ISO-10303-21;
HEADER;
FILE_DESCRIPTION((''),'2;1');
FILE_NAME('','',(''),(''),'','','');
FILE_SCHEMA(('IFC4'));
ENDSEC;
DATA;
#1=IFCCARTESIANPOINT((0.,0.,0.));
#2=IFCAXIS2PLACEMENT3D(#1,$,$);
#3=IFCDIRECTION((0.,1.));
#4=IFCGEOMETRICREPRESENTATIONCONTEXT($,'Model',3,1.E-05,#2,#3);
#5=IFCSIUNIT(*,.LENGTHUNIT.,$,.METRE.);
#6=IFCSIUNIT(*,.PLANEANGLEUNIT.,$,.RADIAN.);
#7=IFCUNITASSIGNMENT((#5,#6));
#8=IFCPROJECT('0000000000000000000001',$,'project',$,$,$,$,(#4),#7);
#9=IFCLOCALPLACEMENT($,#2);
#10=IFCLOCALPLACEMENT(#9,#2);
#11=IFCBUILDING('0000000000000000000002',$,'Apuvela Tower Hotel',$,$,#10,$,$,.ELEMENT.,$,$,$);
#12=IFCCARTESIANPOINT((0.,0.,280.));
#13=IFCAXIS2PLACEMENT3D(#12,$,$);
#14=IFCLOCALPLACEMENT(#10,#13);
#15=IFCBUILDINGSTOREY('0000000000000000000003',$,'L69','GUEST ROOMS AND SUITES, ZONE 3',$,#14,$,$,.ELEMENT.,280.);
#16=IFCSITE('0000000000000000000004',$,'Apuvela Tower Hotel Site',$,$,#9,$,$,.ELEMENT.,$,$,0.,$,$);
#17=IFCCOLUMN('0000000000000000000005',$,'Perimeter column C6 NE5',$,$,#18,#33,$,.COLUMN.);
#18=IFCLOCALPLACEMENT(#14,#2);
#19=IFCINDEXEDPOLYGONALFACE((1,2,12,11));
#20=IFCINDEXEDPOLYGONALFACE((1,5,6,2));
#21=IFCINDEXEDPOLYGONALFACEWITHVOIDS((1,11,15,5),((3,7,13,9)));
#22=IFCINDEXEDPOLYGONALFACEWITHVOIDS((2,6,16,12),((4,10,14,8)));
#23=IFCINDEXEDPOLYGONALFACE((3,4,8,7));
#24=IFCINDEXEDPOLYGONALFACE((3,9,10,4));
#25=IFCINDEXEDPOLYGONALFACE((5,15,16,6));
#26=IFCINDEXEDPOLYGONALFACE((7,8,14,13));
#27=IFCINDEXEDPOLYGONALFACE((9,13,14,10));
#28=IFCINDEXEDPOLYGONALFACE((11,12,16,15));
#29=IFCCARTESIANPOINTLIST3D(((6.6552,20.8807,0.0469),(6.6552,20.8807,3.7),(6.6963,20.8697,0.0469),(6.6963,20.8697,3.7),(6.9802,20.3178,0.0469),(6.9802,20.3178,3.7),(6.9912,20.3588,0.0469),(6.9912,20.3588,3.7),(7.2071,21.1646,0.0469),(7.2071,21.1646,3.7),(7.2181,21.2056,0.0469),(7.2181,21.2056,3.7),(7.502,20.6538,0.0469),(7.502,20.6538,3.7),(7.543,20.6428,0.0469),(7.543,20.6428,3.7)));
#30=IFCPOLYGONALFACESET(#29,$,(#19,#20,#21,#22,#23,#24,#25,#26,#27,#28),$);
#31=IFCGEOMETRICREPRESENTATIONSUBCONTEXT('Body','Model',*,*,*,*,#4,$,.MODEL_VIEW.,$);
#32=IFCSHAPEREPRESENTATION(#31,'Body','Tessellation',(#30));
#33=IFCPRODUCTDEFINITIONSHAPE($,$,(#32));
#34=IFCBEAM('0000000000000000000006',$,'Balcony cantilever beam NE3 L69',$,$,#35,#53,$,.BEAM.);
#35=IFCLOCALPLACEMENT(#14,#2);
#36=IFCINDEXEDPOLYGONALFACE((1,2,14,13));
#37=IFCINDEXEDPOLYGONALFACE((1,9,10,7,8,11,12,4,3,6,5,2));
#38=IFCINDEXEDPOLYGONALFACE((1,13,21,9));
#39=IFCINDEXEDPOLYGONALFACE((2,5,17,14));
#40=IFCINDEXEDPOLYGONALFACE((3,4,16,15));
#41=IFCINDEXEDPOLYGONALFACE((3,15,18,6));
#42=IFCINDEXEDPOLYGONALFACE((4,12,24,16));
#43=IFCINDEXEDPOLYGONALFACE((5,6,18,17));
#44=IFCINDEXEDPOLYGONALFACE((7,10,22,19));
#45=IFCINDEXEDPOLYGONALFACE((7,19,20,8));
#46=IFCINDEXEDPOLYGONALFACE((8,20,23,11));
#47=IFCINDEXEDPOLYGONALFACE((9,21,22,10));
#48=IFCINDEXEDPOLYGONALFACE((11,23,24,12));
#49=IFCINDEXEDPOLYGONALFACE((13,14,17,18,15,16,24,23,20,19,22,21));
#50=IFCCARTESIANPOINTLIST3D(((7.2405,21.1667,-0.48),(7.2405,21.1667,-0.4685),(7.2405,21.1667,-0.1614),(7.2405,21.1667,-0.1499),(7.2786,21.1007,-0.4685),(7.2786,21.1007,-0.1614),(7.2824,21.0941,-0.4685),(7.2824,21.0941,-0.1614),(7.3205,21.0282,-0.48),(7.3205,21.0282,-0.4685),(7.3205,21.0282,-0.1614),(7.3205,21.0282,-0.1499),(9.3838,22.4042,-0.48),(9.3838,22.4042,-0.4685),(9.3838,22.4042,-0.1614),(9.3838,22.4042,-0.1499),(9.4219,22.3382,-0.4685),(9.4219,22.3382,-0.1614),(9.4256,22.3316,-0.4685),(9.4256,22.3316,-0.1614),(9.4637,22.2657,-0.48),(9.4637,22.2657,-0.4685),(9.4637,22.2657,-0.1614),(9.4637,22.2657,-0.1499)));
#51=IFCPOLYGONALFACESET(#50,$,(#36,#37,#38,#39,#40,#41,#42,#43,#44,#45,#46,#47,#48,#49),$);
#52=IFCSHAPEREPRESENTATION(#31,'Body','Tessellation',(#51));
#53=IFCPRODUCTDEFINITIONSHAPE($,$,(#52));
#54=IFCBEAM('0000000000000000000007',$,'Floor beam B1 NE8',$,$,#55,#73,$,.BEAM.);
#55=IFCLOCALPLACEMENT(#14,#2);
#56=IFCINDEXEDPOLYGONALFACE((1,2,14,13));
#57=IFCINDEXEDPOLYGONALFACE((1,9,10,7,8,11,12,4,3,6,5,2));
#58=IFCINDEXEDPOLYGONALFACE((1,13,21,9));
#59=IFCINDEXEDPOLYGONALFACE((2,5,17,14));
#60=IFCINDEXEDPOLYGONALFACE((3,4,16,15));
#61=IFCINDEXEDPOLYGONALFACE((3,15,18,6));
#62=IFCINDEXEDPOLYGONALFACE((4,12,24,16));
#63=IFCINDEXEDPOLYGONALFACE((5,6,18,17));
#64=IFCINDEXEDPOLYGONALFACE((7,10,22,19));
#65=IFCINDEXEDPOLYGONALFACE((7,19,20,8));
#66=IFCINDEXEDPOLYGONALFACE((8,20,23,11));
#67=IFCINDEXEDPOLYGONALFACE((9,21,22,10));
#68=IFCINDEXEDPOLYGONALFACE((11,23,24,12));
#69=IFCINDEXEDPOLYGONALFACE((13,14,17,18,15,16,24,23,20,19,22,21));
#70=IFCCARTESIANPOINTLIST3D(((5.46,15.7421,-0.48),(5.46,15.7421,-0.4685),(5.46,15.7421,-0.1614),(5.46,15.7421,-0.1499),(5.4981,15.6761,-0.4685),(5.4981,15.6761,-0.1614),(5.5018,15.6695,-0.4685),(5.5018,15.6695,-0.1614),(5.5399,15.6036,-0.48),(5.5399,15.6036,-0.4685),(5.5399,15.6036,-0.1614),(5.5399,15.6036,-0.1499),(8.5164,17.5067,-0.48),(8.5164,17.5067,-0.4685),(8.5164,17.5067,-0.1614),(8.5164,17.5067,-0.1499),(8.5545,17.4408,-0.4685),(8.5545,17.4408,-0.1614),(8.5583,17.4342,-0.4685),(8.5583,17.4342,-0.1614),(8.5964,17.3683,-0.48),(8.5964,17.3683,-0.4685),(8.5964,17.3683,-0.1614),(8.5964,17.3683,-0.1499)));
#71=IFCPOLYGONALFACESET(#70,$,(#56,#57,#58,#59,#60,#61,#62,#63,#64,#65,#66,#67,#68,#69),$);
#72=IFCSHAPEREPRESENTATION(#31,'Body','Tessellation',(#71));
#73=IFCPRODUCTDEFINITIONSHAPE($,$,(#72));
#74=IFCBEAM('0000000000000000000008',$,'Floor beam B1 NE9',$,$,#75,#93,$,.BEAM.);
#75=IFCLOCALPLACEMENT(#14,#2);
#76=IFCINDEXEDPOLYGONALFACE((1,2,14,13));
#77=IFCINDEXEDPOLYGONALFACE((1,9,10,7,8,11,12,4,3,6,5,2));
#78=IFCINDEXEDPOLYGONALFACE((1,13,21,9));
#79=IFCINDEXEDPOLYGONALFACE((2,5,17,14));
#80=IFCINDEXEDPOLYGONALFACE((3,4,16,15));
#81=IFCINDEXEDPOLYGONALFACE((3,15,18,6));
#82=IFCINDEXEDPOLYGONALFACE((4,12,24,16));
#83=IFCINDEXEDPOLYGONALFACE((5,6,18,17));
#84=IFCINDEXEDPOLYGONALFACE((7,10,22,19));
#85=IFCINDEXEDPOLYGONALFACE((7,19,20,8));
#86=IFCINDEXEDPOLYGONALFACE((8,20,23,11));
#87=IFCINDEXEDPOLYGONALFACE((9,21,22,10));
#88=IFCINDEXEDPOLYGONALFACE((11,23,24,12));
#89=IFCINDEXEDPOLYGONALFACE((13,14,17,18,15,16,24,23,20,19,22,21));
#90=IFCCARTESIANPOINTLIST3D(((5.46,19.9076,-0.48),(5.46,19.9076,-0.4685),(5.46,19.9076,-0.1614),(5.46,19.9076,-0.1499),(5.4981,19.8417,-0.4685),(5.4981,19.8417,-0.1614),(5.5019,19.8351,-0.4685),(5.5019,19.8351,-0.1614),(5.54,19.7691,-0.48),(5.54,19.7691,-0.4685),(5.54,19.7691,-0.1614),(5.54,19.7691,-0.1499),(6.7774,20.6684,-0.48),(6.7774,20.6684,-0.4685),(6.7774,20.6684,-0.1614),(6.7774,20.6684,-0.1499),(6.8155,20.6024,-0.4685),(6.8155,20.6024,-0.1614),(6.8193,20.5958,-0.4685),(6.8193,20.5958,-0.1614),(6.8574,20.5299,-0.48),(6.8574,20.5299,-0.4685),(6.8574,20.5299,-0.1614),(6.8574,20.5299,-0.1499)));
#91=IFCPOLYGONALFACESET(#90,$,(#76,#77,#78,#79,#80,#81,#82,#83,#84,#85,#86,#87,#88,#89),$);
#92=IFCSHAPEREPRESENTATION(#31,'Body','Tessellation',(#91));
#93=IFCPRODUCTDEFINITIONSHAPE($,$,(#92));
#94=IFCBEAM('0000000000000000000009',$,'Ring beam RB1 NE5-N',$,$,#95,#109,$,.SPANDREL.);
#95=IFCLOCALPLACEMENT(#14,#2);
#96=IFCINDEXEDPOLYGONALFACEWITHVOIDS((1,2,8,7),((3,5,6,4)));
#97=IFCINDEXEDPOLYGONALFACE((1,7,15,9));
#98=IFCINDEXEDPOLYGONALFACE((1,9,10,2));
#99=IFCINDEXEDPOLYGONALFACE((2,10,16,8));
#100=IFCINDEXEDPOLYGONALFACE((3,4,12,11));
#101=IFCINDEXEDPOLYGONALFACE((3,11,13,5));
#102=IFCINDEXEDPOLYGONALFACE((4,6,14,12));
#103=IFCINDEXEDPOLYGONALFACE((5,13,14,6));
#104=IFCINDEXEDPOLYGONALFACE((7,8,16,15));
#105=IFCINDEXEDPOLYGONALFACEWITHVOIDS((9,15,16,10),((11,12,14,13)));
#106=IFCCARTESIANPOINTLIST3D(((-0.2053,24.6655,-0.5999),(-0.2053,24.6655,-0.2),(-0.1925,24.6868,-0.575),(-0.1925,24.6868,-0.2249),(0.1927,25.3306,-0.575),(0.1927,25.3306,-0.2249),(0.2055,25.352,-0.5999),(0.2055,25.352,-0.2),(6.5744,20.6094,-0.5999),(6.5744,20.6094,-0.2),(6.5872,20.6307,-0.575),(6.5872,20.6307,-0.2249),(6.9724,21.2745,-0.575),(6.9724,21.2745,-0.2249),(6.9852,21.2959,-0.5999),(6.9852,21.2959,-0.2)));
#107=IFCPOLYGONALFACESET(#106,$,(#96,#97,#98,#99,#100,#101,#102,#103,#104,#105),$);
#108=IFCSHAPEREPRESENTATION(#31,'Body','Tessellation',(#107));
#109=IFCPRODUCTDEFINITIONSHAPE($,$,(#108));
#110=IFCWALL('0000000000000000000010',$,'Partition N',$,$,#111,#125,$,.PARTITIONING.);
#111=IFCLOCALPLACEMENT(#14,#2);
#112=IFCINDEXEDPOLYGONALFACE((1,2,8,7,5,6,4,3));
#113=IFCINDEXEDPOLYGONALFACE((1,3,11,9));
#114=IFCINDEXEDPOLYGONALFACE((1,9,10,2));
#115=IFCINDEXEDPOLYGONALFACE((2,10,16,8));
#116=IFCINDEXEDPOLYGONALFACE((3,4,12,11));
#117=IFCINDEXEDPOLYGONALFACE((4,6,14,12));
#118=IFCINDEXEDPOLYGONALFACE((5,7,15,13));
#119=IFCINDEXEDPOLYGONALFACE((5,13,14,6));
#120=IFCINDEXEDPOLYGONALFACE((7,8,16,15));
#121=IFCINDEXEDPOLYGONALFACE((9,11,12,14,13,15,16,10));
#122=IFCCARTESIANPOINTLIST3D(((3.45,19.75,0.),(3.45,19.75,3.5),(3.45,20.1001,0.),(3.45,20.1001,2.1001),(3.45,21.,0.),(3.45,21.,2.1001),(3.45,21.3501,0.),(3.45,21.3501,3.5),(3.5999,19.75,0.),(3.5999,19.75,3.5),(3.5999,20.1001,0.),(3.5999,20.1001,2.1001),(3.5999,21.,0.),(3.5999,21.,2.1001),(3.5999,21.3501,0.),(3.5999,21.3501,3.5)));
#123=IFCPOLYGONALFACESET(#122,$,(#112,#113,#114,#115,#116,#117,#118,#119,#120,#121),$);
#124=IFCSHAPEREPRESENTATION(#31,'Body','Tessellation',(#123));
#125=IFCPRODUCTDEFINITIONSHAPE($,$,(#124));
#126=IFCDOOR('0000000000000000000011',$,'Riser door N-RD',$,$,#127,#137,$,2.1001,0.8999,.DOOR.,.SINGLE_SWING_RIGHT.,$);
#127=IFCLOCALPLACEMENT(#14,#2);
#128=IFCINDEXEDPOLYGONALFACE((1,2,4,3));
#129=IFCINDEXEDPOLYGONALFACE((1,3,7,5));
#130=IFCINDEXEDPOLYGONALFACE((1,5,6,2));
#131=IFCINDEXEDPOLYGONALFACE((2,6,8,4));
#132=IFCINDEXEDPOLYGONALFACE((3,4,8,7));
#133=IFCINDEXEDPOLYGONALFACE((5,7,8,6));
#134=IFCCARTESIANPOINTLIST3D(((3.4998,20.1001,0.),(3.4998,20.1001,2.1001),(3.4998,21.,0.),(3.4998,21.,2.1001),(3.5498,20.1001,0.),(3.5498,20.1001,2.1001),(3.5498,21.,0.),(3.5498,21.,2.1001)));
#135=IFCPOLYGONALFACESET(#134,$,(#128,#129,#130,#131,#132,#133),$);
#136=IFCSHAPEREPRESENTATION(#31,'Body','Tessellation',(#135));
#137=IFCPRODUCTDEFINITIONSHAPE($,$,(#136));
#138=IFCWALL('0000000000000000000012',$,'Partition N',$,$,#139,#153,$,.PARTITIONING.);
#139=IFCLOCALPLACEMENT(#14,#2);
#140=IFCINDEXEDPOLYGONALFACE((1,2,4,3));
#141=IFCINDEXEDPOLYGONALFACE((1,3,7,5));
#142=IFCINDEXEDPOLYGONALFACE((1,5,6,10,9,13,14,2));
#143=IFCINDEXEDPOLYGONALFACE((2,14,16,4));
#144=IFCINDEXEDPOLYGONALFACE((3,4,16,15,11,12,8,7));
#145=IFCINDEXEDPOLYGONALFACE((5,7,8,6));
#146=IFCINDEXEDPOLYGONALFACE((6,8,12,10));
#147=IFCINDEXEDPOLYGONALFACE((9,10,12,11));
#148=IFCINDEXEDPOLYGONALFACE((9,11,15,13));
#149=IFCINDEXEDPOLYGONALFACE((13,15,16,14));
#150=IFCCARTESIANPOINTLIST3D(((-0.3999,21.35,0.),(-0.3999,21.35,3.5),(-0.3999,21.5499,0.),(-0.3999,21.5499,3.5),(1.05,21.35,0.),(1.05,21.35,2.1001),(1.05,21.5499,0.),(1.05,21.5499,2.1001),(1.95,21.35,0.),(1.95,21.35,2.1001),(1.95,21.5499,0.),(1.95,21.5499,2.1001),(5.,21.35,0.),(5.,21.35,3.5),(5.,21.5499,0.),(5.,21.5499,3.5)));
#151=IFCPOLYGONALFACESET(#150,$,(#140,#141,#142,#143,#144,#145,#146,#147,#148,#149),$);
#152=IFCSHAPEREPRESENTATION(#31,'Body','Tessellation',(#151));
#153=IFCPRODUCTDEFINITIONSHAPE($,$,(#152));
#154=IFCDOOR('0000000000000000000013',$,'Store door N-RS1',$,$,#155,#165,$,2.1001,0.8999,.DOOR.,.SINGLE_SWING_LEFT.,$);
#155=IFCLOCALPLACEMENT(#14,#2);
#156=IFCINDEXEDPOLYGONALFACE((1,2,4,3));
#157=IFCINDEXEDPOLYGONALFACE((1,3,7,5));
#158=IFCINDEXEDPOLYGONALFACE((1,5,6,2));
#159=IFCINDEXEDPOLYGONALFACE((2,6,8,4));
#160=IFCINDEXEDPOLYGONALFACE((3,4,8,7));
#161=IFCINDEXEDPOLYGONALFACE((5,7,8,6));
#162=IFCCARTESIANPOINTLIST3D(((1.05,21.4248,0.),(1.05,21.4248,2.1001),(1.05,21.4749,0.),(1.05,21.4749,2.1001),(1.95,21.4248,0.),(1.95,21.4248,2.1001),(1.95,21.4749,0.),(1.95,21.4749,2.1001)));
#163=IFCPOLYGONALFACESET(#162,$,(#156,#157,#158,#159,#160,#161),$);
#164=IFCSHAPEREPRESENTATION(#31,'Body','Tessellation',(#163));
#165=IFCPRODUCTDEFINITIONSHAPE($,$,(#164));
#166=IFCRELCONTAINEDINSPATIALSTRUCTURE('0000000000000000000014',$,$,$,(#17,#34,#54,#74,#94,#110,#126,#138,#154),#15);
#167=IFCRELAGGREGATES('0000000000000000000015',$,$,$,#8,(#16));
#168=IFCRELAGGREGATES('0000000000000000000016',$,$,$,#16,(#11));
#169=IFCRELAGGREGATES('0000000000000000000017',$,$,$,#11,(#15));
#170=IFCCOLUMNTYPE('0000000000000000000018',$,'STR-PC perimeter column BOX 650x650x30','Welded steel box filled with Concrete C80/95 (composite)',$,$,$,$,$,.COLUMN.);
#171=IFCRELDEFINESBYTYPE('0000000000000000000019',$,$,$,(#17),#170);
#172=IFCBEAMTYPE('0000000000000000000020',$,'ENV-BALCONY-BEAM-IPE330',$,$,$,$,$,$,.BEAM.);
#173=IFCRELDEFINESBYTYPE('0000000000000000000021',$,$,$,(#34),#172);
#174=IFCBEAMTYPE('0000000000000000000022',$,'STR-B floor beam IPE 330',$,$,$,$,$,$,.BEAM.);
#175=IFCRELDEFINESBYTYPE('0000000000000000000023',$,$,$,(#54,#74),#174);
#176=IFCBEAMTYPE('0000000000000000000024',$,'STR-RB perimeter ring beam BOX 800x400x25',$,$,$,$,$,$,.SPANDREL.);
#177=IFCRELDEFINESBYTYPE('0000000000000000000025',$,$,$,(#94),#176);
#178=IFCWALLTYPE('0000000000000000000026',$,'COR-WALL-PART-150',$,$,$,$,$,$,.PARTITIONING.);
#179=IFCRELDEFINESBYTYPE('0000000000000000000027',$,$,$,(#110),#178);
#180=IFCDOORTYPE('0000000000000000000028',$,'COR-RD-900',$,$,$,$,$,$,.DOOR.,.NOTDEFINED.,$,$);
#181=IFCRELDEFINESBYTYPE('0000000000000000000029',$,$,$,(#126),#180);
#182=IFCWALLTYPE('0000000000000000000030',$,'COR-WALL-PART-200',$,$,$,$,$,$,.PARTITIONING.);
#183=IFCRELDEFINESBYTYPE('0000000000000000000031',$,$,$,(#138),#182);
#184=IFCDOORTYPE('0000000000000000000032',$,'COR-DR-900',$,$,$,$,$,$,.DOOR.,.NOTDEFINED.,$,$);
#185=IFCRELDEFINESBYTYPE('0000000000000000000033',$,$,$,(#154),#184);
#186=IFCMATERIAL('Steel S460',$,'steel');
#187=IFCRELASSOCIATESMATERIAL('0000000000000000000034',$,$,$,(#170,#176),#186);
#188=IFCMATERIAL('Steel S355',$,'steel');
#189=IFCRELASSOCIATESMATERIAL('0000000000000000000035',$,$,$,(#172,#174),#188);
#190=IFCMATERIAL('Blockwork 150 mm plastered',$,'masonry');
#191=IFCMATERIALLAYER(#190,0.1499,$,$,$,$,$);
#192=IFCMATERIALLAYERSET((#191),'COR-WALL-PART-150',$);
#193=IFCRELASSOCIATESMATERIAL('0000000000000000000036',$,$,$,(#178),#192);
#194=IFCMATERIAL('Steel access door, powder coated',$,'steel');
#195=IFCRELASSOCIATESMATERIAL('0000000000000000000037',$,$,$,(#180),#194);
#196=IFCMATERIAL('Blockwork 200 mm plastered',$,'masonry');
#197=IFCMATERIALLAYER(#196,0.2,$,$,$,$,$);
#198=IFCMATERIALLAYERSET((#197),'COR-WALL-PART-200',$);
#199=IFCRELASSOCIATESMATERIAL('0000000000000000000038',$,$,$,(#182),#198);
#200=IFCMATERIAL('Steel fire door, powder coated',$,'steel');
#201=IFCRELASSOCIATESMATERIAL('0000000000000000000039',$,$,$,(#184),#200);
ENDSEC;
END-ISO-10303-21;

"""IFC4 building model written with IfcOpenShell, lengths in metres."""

from ifc_helpers import new_model, si_unit, direction, frame, frame_2d, origin, origin_2d, place, context, subcontext, project, spatial, rectangle, hollow_rectangle, i_section, extrude, boolean, halfspace, material, layer, layer_set, material_profile, profile_set, type_object, element, fill, save


model = new_model("IFC4")

# Units and contexts
model_context = context("Model", 3, precision=1e-05, world=origin(), true_north=direction((0.0, 1.0)))
body_context = subcontext(model_context, "Body", "Model", "MODEL_VIEW")
ifc_project = project(units=[si_unit("LENGTHUNIT", "METRE"), si_unit("PLANEANGLEUNIT", "RADIAN")], contexts=[model_context])

# Site, building, storey
site_placement = place(None, origin())
site = spatial("IfcSite", under=ifc_project, at=site_placement, Name="Apuvela Tower Hotel Site", CompositionType="ELEMENT", RefElevation=0.0)
building_placement = place(site_placement, origin())
building = spatial("IfcBuilding", under=site, at=building_placement, Name="Apuvela Tower Hotel", CompositionType="ELEMENT")
storey_placement = place(building_placement, frame((0.0, 0.0, 280.0)))
storey = spatial("IfcBuildingStorey", under=building, at=storey_placement, Name="L69", Description="GUEST ROOMS AND SUITES, ZONE 3", CompositionType="ELEMENT", Elevation=280.0)

# Column
ifc_material_1 = material(Name="Steel S460", Category="steel")
ifc_material_profile_1 = material_profile(ifc_material_1, hollow_rectangle(XDim=0.6499, YDim=0.6499, WallThickness=0.03, at=origin_2d()), Name="BOX 650x650x30")
ifc_material_2 = material(Name="Concrete C80/95", Category="concrete")
ifc_material_profile_2 = material_profile(ifc_material_2, rectangle(XDim=0.5901, YDim=0.5901, at=origin_2d()), Name="Concrete C80/95 infill")
ifc_profile_set_1 = profile_set([ifc_material_profile_1, ifc_material_profile_2], Name="Steel S460")
column_type = type_object("IfcColumnType", Name="STR-PC perimeter column BOX 650x650x30", Description="Welded steel box filled with Concrete C80/95 (composite)", PredefinedType="COLUMN", material=ifc_profile_set_1)
column_placement = place(storey_placement, frame((7.0991, 20.7617, 0.0), z_axis=(0.0, 0.0, 1.0), x_axis=(-0.5, 0.866025, 0.0)))
element("IfcColumn", 1, at=column_placement, inside=storey, type_object=column_type, Name="Perimeter column C6 NE5", PredefinedType="COLUMN", context=body_context, shape_type="SweptSolid", body=[
    boolean("DIFFERENCE", extrude(hollow_rectangle(XDim=0.6499, YDim=0.6499, WallThickness=0.03, at=origin_2d()), origin(), (0.0, 0.0, 1.0), 3.7), halfspace(frame((0.0, 0.0, 0.0469), z_axis=(0.0, 0.0, 1.0), x_axis=(1.0, 0.0, 0.0)), True)),
])

# Beams
ifc_material_3 = material(Name="Steel S355", Category="steel")
ifc_material_profile_3 = material_profile(ifc_material_3, i_section(OverallWidth=0.1599, OverallDepth=0.3301, WebThickness=0.0076, FlangeThickness=0.0115, at=origin_2d()), Name="IPE 330")
ifc_profile_set_2 = profile_set([ifc_material_profile_3], Name="Steel S355")
beam_type_1 = type_object("IfcBeamType", Name="ENV-BALCONY-BEAM-IPE330", PredefinedType="BEAM", material=ifc_profile_set_2)
beam_1_placement = place(storey_placement, frame((7.2805, 21.0974, -0.3149), z_axis=(0.866007, 0.500033, 0.0), x_axis=(-0.500033, 0.866007, 0.0)))
element("IfcBeam", 2, at=beam_1_placement, inside=storey, type_object=beam_type_1, Name="Balcony cantilever beam NE3 L69", PredefinedType="BEAM", context=body_context, shape_type="SweptSolid", body=[
    extrude(i_section(OverallWidth=0.1599, OverallDepth=0.3301, WebThickness=0.0076, FlangeThickness=0.0115, at=origin_2d()), origin(), (0.0, 0.0, 1.0), 2.4749),
])
ifc_material_profile_4 = material_profile(ifc_material_3, i_section(OverallWidth=0.1599, OverallDepth=0.3301, WebThickness=0.0076, FlangeThickness=0.0115, at=origin_2d()), Name="IPE 330")
ifc_profile_set_3 = profile_set([ifc_material_profile_4], Name="Steel S355")
beam_type_2 = type_object("IfcBeamType", Name="STR-B floor beam IPE 330", PredefinedType="BEAM", material=ifc_profile_set_3)
beam_2_placement = place(storey_placement, frame((8.5564, 17.4375, -0.3149), z_axis=(-0.866021, -0.500008, 0.0), x_axis=(0.500008, -0.866021, 0.0)))
element("IfcBeam", 3, at=beam_2_placement, inside=storey, type_object=beam_type_2, Name="Floor beam B1 NE8", PredefinedType="BEAM", context=body_context, shape_type="SweptSolid", body=[
    extrude(i_section(OverallWidth=0.1599, OverallDepth=0.3301, WebThickness=0.0076, FlangeThickness=0.0115, at=origin_2d()), origin(), (0.0, 0.0, 1.0), 3.5293),
])
beam_3_placement = place(storey_placement, frame((6.8174, 20.5991, -0.3149), z_axis=(-0.865982, -0.500074, 0.0), x_axis=(0.500074, -0.865982, 0.0)))
element("IfcBeam", 4, at=beam_3_placement, inside=storey, type_object=beam_type_2, Name="Floor beam B1 NE9", PredefinedType="BEAM", context=body_context, shape_type="SweptSolid", body=[
    extrude(i_section(OverallWidth=0.1599, OverallDepth=0.3301, WebThickness=0.0076, FlangeThickness=0.0115, at=origin_2d()), origin(), (0.0, 0.0, 1.0), 1.5212),
])
ifc_material_profile_5 = material_profile(ifc_material_1, hollow_rectangle(XDim=0.8, YDim=0.3999, WallThickness=0.0249, at=origin_2d()), Name="BOX 800x400x25")
ifc_profile_set_4 = profile_set([ifc_material_profile_5], Name="Steel S460")
beam_type_3 = type_object("IfcBeamType", Name="STR-RB perimeter ring beam BOX 800x400x25", PredefinedType="SPANDREL", material=ifc_profile_set_4)
beam_4_placement = place(storey_placement, frame((6.7798, 20.9526, -0.3999), z_axis=(-0.858147, 0.513405, 0.0), x_axis=(-0.513405, -0.858147, 0.0)))
element("IfcBeam", 5, at=beam_4_placement, inside=storey, type_object=beam_type_3, Name="Ring beam RB1 NE5-N", PredefinedType="SPANDREL", context=body_context, shape_type="SweptSolid", body=[
    extrude(hollow_rectangle(XDim=0.8, YDim=0.3999, WallThickness=0.0249, at=origin_2d()), origin(), (0.0, 0.0, 1.0), 7.9004),
])

# Walls, openings, doors
ifc_material_4 = material(Name="Blockwork 150 mm plastered", Category="masonry")
ifc_layer_1 = layer(ifc_material_4, 0.1499)
ifc_layer_set_1 = layer_set([ifc_layer_1], Name="COR-WALL-PART-150")
wall_type_1 = type_object("IfcWallType", Name="COR-WALL-PART-150", PredefinedType="PARTITIONING", material=ifc_layer_set_1)
wall_1_placement = place(storey_placement, frame((3.5249, 19.75, 0.0), z_axis=(0.0, 0.0, 1.0), x_axis=(0.0, 1.0, 0.0)))
wall_1 = element("IfcWall", 6, at=wall_1_placement, inside=storey, type_object=wall_type_1, Name="Partition N", PredefinedType="PARTITIONING", context=body_context, shape_type="SweptSolid", body=[
    extrude(rectangle(XDim=1.6001, YDim=0.1499, at=frame_2d((0.8, 0.0))), origin(), (0.0, 0.0, 1.0), 3.5),
])
opening_1_placement = place(wall_1_placement, frame((0.3501, 0.0, 0.0)))
opening_1 = element("IfcOpeningElement", 7, at=opening_1_placement, cuts=wall_1, PredefinedType="OPENING", context=body_context, shape_type="SweptSolid", body=[
    extrude(rectangle(XDim=0.8999, YDim=2.1001, at=frame_2d((0.45, 1.05))), frame((0.0, 0.085, 0.0), z_axis=(0.0, -1.0, 0.0), x_axis=(1.0, 0.0, 0.0)), (0.0, 0.0, 1.0), 0.1699),
])
ifc_material_5 = material(Name="Steel access door, powder coated", Category="steel")
door_type_1 = type_object("IfcDoorType", Name="COR-RD-900", OperationType="NOTDEFINED", PredefinedType="DOOR", material=ifc_material_5)
door_1_placement = place(opening_1_placement, frame((0.8999, 0.0, 0.0), z_axis=(0.0, 0.0, 1.0), x_axis=(-1.0, 0.0, 0.0)))
door_1 = element("IfcDoor", 8, at=door_1_placement, inside=storey, type_object=door_type_1, Name="Riser door N-RD", OperationType="SINGLE_SWING_RIGHT", OverallHeight=2.1001, OverallWidth=0.8999, PredefinedType="DOOR", context=body_context, shape_type="SweptSolid", body=[
    extrude(rectangle(XDim=0.8999, YDim=2.1001, at=frame_2d((0.45, 1.05))), frame((0.0, 0.0249, 0.0), z_axis=(0.0, -1.0, 0.0), x_axis=(1.0, 0.0, 0.0)), (0.0, 0.0, 1.0), 0.05),
])
fill(opening_1, door_1)
ifc_material_6 = material(Name="Blockwork 200 mm plastered", Category="masonry")
ifc_layer_2 = layer(ifc_material_6, 0.2)
ifc_layer_set_2 = layer_set([ifc_layer_2], Name="COR-WALL-PART-200")
wall_type_2 = type_object("IfcWallType", Name="COR-WALL-PART-200", PredefinedType="PARTITIONING", material=ifc_layer_set_2)
wall_2_placement = place(storey_placement, frame((5.0, 21.45, 0.0), z_axis=(0.0, 0.0, 1.0), x_axis=(-1.0, 0.0, 0.0)))
wall_2 = element("IfcWall", 9, at=wall_2_placement, inside=storey, type_object=wall_type_2, Name="Partition N", PredefinedType="PARTITIONING", context=body_context, shape_type="SweptSolid", body=[
    extrude(rectangle(XDim=5.3999, YDim=0.2, at=frame_2d((2.7, 0.0))), origin(), (0.0, 0.0, 1.0), 3.5),
])
opening_2_placement = place(wall_2_placement, frame((3.05, 0.0, 0.0)))
opening_2 = element("IfcOpeningElement", 10, at=opening_2_placement, cuts=wall_2, PredefinedType="OPENING", context=body_context, shape_type="SweptSolid", body=[
    extrude(rectangle(XDim=0.8999, YDim=2.1001, at=frame_2d((0.45, 1.05))), frame((0.0, 0.1099, 0.0), z_axis=(0.0, -1.0, 0.0), x_axis=(1.0, 0.0, 0.0)), (0.0, 0.0, 1.0), 0.22),
])
ifc_material_7 = material(Name="Steel fire door, powder coated", Category="steel")
door_type_2 = type_object("IfcDoorType", Name="COR-DR-900", OperationType="NOTDEFINED", PredefinedType="DOOR", material=ifc_material_7)
door_2_placement = place(opening_2_placement, frame((0.8999, 0.0, 0.0), z_axis=(0.0, 0.0, 1.0), x_axis=(-1.0, 0.0, 0.0)))
door_2 = element("IfcDoor", 11, at=door_2_placement, inside=storey, type_object=door_type_2, Name="Store door N-RS1", OperationType="SINGLE_SWING_LEFT", OverallHeight=2.1001, OverallWidth=0.8999, PredefinedType="DOOR", context=body_context, shape_type="SweptSolid", body=[
    extrude(rectangle(XDim=0.8999, YDim=2.1001, at=frame_2d((0.45, 1.05))), frame((0.0, 0.0249, 0.0), z_axis=(0.0, -1.0, 0.0), x_axis=(1.0, 0.0, 0.0)), (0.0, 0.0, 1.0), 0.05),
])
fill(opening_2, door_2)

save(model, "model.ifc")
